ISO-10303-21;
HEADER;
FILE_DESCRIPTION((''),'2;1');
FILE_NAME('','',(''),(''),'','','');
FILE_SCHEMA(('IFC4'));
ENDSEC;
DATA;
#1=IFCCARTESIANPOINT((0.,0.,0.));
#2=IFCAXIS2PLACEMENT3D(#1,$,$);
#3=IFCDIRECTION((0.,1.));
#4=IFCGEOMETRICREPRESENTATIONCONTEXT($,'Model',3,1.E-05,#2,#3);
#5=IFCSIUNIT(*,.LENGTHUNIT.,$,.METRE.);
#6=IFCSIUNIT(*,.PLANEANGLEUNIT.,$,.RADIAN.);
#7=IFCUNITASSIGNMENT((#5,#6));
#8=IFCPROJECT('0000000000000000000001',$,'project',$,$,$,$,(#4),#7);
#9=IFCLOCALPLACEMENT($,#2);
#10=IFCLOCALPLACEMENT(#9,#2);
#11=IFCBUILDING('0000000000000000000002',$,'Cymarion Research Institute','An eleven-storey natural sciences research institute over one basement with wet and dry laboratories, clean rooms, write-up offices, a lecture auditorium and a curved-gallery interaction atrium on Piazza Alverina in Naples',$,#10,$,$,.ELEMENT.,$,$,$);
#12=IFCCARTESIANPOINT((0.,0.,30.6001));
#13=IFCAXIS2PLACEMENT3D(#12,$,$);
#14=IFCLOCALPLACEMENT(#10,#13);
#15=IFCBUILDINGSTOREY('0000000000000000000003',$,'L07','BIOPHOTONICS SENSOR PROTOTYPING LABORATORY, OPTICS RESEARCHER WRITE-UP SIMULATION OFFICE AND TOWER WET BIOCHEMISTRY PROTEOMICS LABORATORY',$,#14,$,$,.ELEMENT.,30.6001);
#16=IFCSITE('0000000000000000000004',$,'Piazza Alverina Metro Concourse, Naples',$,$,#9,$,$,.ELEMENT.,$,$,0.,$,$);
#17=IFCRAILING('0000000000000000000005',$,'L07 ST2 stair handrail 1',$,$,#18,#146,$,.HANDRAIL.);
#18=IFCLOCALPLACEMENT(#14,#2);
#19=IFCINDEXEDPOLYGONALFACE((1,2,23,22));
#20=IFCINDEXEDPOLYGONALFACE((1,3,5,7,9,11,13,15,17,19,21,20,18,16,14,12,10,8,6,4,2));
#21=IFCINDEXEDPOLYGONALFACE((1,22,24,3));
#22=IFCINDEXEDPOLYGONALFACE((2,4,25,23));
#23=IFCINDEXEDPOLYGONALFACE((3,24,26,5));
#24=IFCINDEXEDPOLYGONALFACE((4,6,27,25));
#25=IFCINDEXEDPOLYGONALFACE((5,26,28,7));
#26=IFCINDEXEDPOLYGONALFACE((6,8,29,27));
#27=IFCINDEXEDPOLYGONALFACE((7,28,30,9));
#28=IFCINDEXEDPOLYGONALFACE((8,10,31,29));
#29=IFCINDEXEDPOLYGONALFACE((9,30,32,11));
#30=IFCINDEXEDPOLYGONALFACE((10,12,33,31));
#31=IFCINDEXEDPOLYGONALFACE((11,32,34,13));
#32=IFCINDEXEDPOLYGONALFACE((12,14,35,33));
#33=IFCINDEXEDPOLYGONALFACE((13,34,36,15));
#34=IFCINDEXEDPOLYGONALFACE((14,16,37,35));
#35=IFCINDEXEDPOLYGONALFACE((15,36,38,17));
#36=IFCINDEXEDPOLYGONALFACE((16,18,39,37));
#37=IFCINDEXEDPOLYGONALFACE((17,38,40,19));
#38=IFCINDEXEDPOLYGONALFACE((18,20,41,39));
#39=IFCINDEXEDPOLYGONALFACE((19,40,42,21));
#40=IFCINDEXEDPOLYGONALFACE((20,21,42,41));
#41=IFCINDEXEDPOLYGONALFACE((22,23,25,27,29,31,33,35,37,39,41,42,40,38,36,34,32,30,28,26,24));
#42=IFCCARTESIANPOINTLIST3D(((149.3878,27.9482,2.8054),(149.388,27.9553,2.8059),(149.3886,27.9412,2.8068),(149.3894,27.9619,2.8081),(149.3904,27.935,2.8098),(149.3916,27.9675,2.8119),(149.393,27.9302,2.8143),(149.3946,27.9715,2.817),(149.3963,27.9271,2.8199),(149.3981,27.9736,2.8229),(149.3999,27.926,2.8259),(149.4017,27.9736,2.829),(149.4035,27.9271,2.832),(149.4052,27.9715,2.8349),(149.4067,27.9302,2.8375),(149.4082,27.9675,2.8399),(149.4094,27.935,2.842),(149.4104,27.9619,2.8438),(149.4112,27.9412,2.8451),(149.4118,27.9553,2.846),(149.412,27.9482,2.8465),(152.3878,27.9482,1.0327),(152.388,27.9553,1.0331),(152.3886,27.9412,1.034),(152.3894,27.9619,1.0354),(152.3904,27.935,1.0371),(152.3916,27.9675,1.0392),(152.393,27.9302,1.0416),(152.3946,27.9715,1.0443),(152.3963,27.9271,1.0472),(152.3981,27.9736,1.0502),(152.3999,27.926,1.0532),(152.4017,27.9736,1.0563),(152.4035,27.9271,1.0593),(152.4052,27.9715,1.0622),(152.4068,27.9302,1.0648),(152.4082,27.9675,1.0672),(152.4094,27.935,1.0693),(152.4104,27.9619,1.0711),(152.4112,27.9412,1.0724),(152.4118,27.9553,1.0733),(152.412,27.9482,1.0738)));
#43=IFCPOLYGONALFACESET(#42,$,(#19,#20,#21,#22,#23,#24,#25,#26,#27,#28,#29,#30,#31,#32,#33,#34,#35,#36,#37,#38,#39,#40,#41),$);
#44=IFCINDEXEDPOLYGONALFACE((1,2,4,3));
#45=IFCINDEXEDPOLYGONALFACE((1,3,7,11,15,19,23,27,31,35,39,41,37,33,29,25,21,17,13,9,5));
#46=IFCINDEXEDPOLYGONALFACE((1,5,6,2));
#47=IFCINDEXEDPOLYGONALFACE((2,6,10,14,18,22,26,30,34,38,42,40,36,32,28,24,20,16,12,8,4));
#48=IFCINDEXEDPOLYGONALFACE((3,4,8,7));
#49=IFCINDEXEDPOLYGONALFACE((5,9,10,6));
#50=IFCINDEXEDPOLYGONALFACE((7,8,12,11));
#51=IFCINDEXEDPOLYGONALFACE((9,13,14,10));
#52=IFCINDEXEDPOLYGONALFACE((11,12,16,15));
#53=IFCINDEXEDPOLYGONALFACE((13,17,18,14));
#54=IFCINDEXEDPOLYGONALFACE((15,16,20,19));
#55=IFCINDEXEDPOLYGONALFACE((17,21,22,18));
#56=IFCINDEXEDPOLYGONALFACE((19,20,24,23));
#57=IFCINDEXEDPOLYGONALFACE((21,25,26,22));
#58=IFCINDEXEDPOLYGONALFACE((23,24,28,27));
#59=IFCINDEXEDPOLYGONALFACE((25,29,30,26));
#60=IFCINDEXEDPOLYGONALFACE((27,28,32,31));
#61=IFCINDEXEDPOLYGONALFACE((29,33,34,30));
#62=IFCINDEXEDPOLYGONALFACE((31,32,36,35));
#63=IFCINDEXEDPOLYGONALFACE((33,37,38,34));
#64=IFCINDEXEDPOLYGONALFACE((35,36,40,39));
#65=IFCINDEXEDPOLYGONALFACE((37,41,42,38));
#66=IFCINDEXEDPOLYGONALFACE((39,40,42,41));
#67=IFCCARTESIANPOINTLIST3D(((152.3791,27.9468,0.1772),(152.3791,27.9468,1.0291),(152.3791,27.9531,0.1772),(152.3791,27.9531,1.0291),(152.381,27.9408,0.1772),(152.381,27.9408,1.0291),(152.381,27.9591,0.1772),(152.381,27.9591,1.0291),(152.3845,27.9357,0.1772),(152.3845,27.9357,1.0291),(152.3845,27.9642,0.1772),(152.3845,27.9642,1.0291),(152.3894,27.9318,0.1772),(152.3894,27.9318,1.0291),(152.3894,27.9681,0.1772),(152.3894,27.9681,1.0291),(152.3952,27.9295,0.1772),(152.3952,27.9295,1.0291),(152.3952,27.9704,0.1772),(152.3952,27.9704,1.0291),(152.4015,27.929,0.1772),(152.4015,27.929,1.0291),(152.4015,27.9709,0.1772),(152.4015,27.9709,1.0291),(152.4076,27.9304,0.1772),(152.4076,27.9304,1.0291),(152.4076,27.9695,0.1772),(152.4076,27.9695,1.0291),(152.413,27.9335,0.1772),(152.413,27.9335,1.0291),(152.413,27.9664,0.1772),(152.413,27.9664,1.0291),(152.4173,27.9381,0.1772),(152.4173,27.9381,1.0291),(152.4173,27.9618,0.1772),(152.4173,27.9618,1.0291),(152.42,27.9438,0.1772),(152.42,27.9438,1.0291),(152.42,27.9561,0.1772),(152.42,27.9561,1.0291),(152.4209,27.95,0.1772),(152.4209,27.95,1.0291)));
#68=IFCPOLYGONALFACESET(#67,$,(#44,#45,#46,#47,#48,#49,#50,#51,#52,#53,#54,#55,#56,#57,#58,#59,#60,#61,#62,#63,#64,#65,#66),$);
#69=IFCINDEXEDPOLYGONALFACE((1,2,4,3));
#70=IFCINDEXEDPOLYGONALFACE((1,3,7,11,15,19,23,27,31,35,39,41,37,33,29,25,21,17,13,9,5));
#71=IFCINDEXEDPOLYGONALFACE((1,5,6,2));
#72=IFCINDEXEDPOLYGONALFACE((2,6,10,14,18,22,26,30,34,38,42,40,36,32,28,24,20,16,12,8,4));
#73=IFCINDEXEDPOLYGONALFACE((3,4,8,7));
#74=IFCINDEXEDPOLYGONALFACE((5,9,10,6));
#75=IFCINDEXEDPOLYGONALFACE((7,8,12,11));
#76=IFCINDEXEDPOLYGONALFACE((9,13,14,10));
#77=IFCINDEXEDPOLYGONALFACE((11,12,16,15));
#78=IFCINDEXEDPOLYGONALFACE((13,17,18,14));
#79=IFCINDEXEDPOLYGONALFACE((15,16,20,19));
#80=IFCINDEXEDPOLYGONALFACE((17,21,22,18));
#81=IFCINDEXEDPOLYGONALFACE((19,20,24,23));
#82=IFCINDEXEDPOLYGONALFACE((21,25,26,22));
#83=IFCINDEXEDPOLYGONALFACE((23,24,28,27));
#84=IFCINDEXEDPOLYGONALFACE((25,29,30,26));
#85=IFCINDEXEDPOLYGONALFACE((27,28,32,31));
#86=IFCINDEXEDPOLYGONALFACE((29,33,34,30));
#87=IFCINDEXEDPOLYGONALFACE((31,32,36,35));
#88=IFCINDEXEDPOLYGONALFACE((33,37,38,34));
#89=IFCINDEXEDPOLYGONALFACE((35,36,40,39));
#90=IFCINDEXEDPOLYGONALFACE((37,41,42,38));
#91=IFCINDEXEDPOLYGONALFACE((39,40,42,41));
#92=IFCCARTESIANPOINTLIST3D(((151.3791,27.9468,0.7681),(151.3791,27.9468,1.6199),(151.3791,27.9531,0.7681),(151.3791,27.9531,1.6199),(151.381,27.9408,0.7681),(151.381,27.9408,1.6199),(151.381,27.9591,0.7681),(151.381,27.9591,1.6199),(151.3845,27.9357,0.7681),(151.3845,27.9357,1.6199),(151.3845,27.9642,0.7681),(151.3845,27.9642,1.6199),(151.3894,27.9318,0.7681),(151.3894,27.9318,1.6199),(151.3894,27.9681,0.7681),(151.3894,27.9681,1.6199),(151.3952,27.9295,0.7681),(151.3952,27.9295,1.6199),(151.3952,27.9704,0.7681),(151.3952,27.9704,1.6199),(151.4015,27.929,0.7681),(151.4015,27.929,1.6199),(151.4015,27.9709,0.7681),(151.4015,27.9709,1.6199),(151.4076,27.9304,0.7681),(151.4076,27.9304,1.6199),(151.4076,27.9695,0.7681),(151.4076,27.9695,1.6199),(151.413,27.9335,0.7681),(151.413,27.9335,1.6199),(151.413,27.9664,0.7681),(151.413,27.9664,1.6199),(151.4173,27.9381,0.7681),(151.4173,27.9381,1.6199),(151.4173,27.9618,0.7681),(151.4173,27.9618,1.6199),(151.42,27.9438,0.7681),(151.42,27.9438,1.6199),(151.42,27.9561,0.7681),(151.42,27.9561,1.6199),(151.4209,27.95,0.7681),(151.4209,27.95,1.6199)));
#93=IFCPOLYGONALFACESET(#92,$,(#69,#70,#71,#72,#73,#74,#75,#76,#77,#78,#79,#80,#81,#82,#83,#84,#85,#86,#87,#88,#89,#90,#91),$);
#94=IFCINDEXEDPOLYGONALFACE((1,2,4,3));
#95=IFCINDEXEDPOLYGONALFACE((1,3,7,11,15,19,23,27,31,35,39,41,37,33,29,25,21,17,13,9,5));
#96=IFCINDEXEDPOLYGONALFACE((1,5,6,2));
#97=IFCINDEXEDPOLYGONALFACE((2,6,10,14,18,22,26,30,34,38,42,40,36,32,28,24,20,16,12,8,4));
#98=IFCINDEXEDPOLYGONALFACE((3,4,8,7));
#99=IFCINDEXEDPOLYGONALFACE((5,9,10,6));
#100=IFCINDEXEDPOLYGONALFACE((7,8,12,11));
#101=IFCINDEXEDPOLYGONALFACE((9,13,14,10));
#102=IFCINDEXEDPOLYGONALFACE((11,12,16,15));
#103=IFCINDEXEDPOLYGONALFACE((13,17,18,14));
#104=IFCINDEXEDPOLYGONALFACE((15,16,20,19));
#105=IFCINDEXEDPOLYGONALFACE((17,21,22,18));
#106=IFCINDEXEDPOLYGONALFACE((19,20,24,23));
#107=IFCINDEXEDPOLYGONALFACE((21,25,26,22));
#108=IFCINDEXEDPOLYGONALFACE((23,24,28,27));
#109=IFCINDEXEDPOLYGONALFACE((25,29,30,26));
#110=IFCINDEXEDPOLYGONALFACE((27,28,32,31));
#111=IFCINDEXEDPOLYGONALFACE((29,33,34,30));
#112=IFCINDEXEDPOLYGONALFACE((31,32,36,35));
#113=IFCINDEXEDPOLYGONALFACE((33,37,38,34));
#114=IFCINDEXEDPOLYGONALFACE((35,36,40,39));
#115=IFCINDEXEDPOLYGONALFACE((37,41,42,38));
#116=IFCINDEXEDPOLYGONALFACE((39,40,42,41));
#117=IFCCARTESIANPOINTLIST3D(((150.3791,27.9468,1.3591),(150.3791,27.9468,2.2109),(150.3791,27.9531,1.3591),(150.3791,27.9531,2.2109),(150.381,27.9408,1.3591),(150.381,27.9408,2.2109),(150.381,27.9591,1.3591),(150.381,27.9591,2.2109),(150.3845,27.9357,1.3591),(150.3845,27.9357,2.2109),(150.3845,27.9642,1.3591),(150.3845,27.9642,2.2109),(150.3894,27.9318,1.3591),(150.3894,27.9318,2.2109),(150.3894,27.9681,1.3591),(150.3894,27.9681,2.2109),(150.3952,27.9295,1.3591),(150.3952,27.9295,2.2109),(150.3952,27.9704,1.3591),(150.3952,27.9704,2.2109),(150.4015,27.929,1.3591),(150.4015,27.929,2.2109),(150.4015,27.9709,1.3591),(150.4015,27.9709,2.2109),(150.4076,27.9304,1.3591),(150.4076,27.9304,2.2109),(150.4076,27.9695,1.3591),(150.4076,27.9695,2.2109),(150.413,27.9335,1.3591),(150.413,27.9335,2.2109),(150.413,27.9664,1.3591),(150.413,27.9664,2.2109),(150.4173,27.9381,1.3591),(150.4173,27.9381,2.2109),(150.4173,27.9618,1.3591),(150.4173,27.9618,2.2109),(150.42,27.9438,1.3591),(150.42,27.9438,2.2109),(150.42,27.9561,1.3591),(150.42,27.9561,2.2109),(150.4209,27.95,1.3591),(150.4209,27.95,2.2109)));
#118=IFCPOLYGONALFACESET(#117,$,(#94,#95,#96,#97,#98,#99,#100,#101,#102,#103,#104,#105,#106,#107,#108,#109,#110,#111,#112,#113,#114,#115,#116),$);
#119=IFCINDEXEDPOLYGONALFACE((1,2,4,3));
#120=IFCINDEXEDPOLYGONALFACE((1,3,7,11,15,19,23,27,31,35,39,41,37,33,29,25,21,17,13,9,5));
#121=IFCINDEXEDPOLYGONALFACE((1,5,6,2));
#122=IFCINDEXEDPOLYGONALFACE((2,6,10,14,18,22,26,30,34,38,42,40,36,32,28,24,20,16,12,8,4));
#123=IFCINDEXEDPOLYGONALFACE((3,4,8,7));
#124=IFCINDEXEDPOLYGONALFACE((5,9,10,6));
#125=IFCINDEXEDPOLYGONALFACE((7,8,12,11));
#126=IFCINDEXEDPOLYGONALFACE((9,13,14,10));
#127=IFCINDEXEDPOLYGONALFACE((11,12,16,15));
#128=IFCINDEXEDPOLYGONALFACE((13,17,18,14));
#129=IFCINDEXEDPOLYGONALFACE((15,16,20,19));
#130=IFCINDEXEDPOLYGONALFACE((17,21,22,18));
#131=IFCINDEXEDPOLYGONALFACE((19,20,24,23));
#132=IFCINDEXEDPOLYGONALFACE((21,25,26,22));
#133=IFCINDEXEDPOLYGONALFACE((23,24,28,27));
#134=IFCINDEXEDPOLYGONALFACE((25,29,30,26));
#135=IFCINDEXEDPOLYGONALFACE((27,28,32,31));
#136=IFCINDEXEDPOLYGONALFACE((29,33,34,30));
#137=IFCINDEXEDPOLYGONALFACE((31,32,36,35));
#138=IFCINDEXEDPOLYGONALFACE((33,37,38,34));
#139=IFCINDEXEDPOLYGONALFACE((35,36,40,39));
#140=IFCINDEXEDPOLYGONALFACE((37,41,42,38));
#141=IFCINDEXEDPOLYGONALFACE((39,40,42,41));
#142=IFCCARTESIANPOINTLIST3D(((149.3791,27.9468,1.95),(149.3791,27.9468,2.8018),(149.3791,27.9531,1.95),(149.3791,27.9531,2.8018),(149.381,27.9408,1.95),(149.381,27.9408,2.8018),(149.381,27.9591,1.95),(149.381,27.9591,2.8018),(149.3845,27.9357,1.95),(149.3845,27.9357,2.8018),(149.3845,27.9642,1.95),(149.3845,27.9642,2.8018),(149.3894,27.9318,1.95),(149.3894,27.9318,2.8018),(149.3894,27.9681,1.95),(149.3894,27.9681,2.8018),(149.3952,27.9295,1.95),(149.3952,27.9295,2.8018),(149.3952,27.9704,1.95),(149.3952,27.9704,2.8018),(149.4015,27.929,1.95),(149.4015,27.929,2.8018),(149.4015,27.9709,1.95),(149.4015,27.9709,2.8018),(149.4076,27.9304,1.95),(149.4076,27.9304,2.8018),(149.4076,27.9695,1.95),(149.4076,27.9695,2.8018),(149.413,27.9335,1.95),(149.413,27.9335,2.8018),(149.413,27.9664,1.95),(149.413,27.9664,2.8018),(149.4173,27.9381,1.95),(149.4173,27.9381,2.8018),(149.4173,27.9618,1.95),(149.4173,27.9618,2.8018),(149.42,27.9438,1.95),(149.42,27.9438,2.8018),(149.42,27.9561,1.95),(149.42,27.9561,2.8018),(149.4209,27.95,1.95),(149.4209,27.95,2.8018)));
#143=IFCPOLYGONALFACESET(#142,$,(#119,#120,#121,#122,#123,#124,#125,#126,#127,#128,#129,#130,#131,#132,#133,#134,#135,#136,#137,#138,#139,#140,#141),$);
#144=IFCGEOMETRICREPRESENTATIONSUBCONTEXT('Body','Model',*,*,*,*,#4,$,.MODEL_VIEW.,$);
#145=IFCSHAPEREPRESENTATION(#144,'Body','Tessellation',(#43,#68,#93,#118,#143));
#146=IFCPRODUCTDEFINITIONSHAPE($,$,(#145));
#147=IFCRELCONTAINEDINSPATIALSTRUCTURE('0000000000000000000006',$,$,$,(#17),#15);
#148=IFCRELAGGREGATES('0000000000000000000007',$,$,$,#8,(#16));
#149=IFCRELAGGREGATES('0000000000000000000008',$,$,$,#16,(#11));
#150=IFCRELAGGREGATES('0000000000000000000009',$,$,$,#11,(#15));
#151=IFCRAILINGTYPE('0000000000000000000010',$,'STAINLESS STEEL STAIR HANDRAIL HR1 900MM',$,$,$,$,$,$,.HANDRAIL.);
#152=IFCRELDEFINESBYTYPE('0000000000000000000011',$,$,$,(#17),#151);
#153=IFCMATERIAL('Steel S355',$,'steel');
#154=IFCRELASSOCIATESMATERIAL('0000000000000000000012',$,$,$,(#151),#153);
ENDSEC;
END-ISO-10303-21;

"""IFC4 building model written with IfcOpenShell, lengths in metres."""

from ifc_helpers import new_model, si_unit, direction, frame, origin, origin_2d, place, context, subcontext, project, spatial, circle, extrude, material, type_object, element, save


model = new_model("IFC4")

# Units and contexts
model_context = context("Model", 3, precision=1e-05, world=origin(), true_north=direction((0.0, 1.0)))
body_context = subcontext(model_context, "Body", "Model", "MODEL_VIEW")
ifc_project = project(units=[si_unit("LENGTHUNIT", "METRE"), si_unit("PLANEANGLEUNIT", "RADIAN")], contexts=[model_context])

# Site, building, storey
site_placement = place(None, origin())
site = spatial("IfcSite", under=ifc_project, at=site_placement, Name="Piazza Alverina Metro Concourse, Naples", CompositionType="ELEMENT", RefElevation=0.0)
building_placement = place(site_placement, origin())
building = spatial("IfcBuilding", under=site, at=building_placement, Name="Cymarion Research Institute", Description="An eleven-storey natural sciences research institute over one basement with wet and dry laboratories, clean rooms, write-up offices, a lecture auditorium and a curved-gallery interaction atrium on Piazza Alverina in Naples", CompositionType="ELEMENT")
storey_placement = place(building_placement, frame((0.0, 0.0, 30.6001)))
storey = spatial("IfcBuildingStorey", under=building, at=storey_placement, Name="L07", Description="BIOPHOTONICS SENSOR PROTOTYPING LABORATORY, OPTICS RESEARCHER WRITE-UP SIMULATION OFFICE AND TOWER WET BIOCHEMISTRY PROTEOMICS LABORATORY", CompositionType="ELEMENT", Elevation=30.6001)

# Shared definitions
ifc_material_1 = material(Name="Steel S355", Category="steel")

# Railing
railing_type_1 = type_object("IfcRailingType", Name="STAINLESS STEEL STAIR HANDRAIL HR1 900MM", PredefinedType="HANDRAIL", material=ifc_material_1)
railing_1_placement = place(storey_placement, frame((152.3999, 27.95, 0.1772)))
element("IfcRailing", 1, at=railing_1_placement, inside=storey, type_object=railing_type_1, Name="L07 ST2 stair handrail 1", PredefinedType="HANDRAIL", context=body_context, shape_type="SweptSolid", body=[
    extrude(circle(Radius=0.0239, at=origin_2d()), frame((0.0, 0.0, 0.876), z_axis=(-0.860929, 0.0, 0.508725), x_axis=(0.0, -1.0, 0.0)), (0.0, 0.0, 1.0), 3.4846),
    extrude(circle(Radius=0.021, at=origin_2d()), origin(), (0.0, 0.0, 1.0), 0.8518),
    extrude(circle(Radius=0.021, at=origin_2d()), frame((-1.0, 0.0, 0.5908)), (0.0, 0.0, 1.0), 0.8518),
    extrude(circle(Radius=0.021, at=origin_2d()), frame((-2.0, 0.0, 1.1819)), (0.0, 0.0, 1.0), 0.8518),
    extrude(circle(Radius=0.021, at=origin_2d()), frame((-3.0, 0.0, 1.7727)), (0.0, 0.0, 1.0), 0.8518),
])

save(model, "model.ifc")
